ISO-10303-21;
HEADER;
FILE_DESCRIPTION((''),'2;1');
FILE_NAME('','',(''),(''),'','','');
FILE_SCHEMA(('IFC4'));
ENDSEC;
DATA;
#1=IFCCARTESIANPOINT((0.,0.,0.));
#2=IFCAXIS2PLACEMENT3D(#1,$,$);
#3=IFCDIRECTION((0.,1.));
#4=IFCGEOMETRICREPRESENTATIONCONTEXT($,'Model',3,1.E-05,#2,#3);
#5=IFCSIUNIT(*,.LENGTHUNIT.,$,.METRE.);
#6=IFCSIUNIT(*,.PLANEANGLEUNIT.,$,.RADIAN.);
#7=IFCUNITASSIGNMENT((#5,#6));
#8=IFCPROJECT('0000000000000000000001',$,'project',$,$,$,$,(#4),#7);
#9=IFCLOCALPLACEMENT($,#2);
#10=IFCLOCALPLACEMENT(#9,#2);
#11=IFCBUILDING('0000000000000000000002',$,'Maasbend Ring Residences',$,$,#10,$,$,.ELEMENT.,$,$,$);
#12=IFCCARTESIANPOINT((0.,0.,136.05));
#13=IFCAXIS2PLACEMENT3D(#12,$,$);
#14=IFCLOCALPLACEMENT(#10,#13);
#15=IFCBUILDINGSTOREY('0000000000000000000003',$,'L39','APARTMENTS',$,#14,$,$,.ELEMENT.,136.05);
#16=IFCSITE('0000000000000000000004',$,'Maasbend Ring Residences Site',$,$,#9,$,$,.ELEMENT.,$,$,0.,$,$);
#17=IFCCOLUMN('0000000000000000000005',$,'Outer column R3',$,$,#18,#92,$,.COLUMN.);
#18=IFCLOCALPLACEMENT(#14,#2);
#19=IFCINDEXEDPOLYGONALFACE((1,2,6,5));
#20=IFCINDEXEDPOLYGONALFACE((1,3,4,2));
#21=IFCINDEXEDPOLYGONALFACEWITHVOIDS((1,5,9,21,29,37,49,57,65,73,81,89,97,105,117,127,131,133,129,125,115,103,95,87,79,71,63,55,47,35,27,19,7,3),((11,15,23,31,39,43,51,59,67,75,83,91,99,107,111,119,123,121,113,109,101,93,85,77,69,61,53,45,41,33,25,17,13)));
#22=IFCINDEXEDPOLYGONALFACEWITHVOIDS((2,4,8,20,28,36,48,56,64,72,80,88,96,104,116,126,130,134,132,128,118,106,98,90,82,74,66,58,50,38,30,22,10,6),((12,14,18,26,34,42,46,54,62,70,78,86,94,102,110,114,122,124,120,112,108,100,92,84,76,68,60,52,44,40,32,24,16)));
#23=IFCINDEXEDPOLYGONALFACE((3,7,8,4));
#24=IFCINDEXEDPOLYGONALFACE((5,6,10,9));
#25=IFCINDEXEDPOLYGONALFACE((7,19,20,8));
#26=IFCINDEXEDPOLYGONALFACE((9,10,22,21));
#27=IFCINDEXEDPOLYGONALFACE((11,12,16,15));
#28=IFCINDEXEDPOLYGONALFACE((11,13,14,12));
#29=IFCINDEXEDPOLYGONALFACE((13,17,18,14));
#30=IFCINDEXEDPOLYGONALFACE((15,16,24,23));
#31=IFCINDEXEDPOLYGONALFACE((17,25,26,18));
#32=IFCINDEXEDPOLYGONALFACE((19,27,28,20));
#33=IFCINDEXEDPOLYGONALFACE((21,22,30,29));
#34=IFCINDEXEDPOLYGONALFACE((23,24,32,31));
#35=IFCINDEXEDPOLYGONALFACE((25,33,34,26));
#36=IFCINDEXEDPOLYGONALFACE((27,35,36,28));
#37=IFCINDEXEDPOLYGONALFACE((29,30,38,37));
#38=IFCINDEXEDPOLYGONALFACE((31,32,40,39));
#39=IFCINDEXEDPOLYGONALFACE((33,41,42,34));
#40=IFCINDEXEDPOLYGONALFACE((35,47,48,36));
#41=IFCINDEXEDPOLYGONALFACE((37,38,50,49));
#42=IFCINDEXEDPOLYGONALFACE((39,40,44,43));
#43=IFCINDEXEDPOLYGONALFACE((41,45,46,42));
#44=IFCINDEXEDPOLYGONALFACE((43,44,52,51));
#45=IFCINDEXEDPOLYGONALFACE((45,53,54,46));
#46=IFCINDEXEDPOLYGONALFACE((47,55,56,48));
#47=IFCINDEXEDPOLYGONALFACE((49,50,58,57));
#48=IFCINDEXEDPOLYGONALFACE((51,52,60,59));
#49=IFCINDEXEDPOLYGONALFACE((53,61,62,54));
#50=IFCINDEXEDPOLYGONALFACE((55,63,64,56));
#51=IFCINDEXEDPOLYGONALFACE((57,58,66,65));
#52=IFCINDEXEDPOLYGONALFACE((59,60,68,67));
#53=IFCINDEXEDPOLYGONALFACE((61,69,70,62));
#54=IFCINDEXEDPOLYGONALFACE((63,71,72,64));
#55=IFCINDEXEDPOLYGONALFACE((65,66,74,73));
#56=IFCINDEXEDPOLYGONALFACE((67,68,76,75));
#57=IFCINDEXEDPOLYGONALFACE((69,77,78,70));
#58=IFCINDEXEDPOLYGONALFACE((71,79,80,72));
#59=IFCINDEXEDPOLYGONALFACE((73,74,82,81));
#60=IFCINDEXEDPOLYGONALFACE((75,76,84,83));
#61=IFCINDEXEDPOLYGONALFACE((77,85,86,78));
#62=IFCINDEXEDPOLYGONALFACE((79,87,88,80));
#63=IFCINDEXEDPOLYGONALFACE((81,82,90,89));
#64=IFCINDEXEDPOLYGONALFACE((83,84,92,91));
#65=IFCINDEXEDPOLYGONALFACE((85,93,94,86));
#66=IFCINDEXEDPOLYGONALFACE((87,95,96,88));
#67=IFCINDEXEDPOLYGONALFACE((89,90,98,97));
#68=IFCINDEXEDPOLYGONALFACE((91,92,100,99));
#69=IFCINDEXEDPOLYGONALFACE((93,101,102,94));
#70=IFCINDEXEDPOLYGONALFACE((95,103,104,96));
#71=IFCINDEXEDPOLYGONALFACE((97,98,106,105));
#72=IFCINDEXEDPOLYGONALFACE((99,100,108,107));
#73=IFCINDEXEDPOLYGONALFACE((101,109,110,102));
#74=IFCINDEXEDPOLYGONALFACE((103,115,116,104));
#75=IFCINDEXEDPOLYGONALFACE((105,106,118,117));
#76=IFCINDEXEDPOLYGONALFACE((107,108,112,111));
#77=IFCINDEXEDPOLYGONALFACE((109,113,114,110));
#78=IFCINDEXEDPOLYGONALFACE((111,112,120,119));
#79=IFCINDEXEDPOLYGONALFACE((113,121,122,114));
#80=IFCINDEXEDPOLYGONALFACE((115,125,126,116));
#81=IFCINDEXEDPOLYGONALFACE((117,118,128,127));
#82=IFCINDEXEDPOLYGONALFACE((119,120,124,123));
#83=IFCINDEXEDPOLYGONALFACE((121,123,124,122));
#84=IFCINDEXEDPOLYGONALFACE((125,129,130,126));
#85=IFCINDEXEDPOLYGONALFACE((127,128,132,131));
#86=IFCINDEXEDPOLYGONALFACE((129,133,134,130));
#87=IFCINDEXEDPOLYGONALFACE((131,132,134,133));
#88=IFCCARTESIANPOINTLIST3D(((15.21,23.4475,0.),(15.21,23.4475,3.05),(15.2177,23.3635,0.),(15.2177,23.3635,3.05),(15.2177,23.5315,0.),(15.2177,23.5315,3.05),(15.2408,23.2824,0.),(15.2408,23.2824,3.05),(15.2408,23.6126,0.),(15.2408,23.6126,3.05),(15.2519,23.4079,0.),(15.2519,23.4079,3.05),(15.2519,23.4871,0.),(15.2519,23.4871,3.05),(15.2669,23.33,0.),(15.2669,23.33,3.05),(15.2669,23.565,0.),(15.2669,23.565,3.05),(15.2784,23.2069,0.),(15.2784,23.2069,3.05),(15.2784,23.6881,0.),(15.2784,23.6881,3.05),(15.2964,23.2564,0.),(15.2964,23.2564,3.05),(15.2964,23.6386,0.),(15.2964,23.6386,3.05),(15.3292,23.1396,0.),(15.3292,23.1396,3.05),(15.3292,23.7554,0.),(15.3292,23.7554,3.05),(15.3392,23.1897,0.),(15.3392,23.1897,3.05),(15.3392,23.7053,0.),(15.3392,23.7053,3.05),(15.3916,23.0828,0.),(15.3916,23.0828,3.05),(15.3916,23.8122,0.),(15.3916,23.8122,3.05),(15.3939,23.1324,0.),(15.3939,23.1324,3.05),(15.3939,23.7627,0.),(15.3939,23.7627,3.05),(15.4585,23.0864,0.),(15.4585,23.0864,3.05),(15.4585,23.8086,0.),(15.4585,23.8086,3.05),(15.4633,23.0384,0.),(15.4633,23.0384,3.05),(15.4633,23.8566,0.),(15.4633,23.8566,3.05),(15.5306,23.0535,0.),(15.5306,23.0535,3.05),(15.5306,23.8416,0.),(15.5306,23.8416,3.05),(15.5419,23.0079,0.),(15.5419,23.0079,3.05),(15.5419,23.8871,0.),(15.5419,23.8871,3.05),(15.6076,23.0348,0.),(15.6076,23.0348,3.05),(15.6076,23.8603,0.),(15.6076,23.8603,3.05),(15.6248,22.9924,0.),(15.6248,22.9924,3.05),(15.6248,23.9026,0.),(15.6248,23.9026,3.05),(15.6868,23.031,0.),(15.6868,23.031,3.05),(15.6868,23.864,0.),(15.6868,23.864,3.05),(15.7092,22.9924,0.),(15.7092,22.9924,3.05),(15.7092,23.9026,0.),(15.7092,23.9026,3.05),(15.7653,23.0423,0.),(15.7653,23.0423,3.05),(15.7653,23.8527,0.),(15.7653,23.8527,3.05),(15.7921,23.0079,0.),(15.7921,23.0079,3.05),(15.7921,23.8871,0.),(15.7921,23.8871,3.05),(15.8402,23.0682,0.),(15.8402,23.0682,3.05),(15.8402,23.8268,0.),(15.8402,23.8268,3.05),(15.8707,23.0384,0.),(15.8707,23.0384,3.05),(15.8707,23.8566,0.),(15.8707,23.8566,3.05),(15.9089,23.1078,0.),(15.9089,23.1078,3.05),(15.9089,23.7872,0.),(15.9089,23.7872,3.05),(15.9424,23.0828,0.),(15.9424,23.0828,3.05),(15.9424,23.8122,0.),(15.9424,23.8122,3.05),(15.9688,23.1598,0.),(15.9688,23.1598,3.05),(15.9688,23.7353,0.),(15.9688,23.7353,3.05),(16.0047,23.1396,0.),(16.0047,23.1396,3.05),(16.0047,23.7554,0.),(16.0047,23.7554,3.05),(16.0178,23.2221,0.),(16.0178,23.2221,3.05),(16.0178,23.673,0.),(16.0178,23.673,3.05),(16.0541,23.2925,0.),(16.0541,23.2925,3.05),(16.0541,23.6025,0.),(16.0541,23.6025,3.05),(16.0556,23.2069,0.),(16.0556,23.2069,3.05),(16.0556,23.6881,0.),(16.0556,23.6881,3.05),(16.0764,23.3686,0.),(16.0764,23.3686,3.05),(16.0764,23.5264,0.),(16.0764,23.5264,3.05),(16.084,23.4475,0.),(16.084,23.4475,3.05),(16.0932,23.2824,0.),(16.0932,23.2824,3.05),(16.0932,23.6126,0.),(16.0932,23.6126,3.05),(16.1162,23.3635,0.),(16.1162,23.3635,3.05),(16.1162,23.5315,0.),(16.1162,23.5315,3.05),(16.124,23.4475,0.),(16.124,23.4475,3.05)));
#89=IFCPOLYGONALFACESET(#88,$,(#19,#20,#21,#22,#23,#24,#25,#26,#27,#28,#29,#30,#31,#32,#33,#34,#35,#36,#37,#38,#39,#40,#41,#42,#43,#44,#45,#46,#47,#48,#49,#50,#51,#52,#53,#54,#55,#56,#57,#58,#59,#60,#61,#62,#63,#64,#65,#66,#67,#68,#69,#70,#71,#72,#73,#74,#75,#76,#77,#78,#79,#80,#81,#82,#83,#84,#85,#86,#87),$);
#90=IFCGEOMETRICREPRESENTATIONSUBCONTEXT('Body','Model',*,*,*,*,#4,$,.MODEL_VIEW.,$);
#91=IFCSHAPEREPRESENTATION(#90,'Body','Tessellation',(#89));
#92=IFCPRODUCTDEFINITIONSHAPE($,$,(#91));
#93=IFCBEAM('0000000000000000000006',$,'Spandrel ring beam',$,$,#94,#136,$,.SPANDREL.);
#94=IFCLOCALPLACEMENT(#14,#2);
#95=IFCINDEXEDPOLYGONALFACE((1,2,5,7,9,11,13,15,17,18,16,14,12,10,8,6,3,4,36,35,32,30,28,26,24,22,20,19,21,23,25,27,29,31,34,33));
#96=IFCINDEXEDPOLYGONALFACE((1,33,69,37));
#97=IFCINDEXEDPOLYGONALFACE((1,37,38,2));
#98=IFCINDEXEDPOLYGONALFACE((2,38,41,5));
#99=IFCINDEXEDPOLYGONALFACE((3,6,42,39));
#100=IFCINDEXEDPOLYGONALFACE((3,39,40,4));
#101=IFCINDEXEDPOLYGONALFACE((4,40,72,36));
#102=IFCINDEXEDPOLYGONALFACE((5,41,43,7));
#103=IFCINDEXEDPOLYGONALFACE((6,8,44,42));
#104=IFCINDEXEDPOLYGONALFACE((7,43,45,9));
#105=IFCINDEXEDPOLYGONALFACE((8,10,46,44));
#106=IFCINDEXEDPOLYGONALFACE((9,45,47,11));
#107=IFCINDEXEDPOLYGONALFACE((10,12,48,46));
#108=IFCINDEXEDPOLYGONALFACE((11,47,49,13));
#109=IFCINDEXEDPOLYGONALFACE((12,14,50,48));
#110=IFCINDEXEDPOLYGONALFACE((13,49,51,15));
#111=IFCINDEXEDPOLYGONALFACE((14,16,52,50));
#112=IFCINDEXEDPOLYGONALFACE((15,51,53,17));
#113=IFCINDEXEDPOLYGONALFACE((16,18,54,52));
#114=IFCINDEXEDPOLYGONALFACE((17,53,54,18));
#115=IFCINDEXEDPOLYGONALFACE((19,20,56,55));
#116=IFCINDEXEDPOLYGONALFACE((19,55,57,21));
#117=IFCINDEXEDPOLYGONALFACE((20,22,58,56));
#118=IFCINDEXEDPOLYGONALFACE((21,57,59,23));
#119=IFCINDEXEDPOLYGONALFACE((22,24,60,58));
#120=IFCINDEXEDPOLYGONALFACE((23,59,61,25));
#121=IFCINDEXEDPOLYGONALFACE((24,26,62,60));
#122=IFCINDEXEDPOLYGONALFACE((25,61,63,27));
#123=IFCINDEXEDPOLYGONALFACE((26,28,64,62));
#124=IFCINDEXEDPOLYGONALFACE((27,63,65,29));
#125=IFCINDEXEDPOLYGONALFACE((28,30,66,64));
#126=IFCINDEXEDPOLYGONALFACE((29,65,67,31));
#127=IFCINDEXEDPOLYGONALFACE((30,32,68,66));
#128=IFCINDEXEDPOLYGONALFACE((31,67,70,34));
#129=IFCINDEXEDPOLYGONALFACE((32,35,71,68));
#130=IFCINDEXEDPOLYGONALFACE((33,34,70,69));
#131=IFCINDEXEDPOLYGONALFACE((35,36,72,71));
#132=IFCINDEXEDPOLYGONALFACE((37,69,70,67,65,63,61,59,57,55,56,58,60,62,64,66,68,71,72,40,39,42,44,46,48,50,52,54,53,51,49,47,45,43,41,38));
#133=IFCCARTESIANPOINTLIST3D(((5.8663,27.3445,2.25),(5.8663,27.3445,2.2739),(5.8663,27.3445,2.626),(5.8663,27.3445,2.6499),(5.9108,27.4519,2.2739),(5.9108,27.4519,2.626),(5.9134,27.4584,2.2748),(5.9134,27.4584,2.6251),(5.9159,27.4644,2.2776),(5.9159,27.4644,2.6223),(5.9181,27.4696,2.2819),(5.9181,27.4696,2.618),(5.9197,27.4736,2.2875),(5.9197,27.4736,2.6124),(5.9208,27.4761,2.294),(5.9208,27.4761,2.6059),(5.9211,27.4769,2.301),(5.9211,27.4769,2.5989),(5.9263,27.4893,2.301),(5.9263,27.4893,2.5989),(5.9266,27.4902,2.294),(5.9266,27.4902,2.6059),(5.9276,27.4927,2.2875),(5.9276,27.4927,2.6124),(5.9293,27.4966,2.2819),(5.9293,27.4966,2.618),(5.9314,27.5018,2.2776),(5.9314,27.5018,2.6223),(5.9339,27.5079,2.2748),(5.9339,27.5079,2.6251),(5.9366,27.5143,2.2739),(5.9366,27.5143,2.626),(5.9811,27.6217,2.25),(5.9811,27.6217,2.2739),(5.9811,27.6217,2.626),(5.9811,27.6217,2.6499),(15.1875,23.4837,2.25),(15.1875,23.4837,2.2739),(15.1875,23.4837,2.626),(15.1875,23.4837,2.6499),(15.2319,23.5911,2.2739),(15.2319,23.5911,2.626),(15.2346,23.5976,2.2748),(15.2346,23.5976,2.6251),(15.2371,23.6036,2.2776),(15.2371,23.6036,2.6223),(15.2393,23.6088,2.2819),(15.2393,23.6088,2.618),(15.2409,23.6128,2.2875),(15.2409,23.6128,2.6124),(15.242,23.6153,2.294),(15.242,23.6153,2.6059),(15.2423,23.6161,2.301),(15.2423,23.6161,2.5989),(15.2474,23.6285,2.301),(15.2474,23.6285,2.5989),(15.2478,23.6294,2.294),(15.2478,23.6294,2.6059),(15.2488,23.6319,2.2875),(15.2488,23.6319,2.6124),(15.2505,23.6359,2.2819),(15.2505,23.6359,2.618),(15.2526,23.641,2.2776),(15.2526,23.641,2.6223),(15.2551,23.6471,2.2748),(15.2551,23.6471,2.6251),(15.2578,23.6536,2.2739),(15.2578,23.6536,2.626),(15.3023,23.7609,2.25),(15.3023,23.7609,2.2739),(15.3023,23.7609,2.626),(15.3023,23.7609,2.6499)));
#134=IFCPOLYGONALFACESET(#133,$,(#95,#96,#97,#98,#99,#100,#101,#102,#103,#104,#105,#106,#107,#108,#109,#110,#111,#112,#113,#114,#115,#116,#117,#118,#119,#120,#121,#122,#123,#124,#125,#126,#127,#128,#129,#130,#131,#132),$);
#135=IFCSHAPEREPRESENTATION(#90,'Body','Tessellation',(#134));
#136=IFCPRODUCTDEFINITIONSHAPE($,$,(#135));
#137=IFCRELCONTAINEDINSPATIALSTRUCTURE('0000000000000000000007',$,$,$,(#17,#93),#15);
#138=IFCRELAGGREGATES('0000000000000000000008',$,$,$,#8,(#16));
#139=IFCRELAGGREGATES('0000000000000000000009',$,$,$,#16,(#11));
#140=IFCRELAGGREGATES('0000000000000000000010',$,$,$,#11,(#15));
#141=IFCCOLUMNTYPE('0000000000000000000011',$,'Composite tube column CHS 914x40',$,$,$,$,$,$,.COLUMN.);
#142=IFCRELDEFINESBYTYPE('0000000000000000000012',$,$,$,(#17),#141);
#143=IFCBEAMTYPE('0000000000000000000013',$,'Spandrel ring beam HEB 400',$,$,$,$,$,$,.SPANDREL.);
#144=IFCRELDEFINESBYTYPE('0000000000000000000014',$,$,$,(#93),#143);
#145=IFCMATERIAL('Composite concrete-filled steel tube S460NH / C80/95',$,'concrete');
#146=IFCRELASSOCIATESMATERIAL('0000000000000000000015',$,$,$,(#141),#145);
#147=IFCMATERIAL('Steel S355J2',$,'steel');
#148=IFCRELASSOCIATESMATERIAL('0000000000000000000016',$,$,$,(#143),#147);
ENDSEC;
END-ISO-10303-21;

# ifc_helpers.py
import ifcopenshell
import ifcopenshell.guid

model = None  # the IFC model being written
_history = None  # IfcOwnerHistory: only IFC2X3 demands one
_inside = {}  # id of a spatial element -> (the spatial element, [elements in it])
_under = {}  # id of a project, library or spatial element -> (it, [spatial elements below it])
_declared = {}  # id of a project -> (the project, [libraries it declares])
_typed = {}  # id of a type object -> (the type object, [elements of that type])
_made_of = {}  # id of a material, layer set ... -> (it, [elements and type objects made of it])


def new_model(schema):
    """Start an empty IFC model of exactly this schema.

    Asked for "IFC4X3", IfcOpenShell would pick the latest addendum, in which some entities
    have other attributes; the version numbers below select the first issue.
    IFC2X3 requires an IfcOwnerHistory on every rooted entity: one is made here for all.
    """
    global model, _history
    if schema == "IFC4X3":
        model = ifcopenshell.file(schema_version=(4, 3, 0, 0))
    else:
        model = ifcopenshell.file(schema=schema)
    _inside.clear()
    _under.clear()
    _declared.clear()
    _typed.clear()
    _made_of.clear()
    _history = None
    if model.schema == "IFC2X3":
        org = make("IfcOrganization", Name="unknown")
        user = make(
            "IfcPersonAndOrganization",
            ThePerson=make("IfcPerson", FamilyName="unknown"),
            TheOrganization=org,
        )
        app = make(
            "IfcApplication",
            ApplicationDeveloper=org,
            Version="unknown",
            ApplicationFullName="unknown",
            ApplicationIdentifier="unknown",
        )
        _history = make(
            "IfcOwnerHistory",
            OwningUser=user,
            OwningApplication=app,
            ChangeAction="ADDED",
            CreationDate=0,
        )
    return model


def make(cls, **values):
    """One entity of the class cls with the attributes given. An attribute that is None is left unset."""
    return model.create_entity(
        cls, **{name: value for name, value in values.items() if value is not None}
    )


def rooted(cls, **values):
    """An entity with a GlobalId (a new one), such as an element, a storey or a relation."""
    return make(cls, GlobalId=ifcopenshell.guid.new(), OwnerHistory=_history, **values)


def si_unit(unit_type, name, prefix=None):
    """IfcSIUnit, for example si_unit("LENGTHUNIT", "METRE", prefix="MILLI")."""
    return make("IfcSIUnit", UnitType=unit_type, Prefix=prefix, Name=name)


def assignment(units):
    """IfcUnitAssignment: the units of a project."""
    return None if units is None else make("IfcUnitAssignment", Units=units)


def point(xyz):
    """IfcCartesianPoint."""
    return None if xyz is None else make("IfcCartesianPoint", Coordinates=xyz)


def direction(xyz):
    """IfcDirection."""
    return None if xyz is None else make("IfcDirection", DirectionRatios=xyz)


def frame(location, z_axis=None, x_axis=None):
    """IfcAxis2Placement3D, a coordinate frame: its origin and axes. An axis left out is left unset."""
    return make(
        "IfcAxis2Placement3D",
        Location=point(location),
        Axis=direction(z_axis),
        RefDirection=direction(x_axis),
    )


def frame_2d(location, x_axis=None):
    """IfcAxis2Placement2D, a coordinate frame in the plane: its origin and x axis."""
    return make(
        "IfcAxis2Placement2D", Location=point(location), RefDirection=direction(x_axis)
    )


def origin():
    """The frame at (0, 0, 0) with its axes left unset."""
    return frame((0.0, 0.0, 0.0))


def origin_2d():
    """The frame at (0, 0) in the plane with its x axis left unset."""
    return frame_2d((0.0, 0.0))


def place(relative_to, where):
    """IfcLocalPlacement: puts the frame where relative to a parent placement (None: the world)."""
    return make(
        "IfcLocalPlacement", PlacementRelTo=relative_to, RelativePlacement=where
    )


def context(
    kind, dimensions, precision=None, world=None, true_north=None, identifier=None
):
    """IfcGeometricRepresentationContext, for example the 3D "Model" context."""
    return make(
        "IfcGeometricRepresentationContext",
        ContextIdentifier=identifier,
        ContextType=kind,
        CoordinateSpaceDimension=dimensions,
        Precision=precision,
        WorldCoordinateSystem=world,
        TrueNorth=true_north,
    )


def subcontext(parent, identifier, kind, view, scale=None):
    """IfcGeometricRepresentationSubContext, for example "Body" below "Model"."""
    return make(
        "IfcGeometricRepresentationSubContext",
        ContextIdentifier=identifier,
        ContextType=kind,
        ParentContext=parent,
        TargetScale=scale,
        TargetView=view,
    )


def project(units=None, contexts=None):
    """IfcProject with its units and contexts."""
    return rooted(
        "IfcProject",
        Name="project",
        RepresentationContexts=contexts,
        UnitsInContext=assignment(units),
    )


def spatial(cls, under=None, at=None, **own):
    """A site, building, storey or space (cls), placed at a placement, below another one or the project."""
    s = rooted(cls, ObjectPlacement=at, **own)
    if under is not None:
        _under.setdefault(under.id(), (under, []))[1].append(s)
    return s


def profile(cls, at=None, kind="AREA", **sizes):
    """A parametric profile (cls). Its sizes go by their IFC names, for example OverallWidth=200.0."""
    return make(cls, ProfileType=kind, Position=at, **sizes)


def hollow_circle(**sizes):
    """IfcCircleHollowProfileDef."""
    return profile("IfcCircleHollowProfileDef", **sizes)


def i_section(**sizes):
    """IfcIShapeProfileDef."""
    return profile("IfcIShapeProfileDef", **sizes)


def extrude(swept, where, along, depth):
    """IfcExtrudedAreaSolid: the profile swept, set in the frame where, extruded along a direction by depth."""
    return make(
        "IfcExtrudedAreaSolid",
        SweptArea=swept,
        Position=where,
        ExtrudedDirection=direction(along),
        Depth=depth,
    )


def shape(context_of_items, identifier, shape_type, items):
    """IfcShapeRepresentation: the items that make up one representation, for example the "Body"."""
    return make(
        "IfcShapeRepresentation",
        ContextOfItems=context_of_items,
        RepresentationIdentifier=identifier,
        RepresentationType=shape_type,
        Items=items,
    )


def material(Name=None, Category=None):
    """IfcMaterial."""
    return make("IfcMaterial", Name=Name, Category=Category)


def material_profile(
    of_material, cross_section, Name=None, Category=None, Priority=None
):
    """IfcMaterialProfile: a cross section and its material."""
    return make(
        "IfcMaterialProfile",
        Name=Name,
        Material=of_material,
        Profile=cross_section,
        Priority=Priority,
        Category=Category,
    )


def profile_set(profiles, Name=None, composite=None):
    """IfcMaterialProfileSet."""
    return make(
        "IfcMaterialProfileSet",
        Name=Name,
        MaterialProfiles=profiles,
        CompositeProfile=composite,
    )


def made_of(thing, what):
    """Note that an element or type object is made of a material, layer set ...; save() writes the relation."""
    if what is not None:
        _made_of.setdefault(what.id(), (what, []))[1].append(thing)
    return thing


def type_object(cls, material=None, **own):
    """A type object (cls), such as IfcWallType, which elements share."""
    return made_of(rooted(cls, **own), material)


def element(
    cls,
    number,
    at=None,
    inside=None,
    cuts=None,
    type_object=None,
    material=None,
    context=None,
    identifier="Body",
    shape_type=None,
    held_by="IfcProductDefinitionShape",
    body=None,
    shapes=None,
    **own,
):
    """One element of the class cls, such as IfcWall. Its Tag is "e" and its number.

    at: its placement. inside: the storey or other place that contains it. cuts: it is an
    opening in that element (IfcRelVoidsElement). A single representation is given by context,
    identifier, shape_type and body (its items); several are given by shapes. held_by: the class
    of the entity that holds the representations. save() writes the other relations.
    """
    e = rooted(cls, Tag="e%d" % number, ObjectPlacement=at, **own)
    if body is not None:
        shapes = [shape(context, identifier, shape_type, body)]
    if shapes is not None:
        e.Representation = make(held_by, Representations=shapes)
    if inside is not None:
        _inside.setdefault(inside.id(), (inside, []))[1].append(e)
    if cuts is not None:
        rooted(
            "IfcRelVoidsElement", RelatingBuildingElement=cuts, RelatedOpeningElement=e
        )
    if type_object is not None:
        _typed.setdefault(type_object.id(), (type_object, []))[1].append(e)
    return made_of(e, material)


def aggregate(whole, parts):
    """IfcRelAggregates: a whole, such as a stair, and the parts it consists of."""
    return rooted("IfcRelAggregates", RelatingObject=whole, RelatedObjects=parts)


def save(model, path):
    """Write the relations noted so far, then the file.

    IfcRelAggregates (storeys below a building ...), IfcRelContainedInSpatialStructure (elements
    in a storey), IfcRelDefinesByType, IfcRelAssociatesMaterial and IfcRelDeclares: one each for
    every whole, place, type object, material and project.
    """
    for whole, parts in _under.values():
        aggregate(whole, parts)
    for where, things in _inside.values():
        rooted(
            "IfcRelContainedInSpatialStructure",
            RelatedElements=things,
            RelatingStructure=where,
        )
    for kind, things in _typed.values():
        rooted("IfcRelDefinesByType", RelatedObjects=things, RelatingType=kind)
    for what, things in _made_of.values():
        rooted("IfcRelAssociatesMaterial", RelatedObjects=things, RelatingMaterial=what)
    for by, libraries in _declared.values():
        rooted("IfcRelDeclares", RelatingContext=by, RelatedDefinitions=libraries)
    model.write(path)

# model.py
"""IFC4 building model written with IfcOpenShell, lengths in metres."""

from ifc_helpers import new_model, si_unit, direction, frame, origin, origin_2d, place, context, subcontext, project, spatial, hollow_circle, i_section, extrude, material, material_profile, profile_set, type_object, element, save


model = new_model("IFC4")

# Units and contexts
model_context = context("Model", 3, precision=1e-05, world=origin(), true_north=direction((0.0, 1.0)))
body_context = subcontext(model_context, "Body", "Model", "MODEL_VIEW")
ifc_project = project(units=[si_unit("LENGTHUNIT", "METRE"), si_unit("PLANEANGLEUNIT", "RADIAN")], contexts=[model_context])

# Site, building, storey
site_placement = place(None, origin())
site = spatial("IfcSite", under=ifc_project, at=site_placement, Name="Maasbend Ring Residences Site", CompositionType="ELEMENT", RefElevation=0.0)
building_placement = place(site_placement, origin())
building = spatial("IfcBuilding", under=site, at=building_placement, Name="Maasbend Ring Residences", CompositionType="ELEMENT")
storey_placement = place(building_placement, frame((0.0, 0.0, 136.05)))
storey = spatial("IfcBuildingStorey", under=building, at=storey_placement, Name="L39", Description="APARTMENTS", CompositionType="ELEMENT", Elevation=136.05)

# Column
ifc_material_1 = material(Name="Composite concrete-filled steel tube S460NH / C80/95", Category="concrete")
ifc_material_profile_1 = material_profile(ifc_material_1, hollow_circle(Radius=0.457, WallThickness=0.04, at=origin_2d()), Name="Composite tube column CHS 914x40")
ifc_profile_set_1 = profile_set([ifc_material_profile_1], Name="Composite concrete-filled steel tube S460NH / C80/95")
column_type = type_object("IfcColumnType", Name="Composite tube column CHS 914x40", PredefinedType="COLUMN", material=ifc_profile_set_1)
column_placement = place(storey_placement, frame((15.667, 23.4475, 0.0), z_axis=(0.0, 0.0, 1.0), x_axis=(1.0, 0.0, 0.0)))
element("IfcColumn", 1, at=column_placement, inside=storey, type_object=column_type, Name="Outer column R3", PredefinedType="COLUMN", context=body_context, shape_type="SweptSolid", body=[
    extrude(hollow_circle(Radius=0.457, WallThickness=0.04, at=origin_2d()), origin(), (0.0, 0.0, 1.0), 3.05),
])

# Beam
ifc_material_2 = material(Name="Steel S355J2", Category="steel")
ifc_material_profile_2 = material_profile(ifc_material_2, i_section(OverallWidth=0.3, OverallDepth=0.3999, WebThickness=0.0134, FlangeThickness=0.0239, FilletRadius=0.0271, at=origin_2d()), Name="HEB 400")
ifc_profile_set_2 = profile_set([ifc_material_profile_2], Name="Steel S355J2")
beam_type = type_object("IfcBeamType", Name="Spandrel ring beam HEB 400", PredefinedType="SPANDREL", material=ifc_profile_set_2)
beam_placement = place(storey_placement, frame((15.2449, 23.6223, 2.45), z_axis=(-0.923885, 0.38267, 0.0), x_axis=(-0.38267, -0.923885, 0.0)))
element("IfcBeam", 2, at=beam_placement, inside=storey, type_object=beam_type, Name="Spandrel ring beam", PredefinedType="SPANDREL", context=body_context, shape_type="SweptSolid", body=[
    extrude(i_section(OverallWidth=0.3, OverallDepth=0.3999, WebThickness=0.0134, FlangeThickness=0.0239, FilletRadius=0.0271, at=origin_2d()), origin(), (0.0, 0.0, 1.0), 10.0891),
])

save(model, "model.ifc")
